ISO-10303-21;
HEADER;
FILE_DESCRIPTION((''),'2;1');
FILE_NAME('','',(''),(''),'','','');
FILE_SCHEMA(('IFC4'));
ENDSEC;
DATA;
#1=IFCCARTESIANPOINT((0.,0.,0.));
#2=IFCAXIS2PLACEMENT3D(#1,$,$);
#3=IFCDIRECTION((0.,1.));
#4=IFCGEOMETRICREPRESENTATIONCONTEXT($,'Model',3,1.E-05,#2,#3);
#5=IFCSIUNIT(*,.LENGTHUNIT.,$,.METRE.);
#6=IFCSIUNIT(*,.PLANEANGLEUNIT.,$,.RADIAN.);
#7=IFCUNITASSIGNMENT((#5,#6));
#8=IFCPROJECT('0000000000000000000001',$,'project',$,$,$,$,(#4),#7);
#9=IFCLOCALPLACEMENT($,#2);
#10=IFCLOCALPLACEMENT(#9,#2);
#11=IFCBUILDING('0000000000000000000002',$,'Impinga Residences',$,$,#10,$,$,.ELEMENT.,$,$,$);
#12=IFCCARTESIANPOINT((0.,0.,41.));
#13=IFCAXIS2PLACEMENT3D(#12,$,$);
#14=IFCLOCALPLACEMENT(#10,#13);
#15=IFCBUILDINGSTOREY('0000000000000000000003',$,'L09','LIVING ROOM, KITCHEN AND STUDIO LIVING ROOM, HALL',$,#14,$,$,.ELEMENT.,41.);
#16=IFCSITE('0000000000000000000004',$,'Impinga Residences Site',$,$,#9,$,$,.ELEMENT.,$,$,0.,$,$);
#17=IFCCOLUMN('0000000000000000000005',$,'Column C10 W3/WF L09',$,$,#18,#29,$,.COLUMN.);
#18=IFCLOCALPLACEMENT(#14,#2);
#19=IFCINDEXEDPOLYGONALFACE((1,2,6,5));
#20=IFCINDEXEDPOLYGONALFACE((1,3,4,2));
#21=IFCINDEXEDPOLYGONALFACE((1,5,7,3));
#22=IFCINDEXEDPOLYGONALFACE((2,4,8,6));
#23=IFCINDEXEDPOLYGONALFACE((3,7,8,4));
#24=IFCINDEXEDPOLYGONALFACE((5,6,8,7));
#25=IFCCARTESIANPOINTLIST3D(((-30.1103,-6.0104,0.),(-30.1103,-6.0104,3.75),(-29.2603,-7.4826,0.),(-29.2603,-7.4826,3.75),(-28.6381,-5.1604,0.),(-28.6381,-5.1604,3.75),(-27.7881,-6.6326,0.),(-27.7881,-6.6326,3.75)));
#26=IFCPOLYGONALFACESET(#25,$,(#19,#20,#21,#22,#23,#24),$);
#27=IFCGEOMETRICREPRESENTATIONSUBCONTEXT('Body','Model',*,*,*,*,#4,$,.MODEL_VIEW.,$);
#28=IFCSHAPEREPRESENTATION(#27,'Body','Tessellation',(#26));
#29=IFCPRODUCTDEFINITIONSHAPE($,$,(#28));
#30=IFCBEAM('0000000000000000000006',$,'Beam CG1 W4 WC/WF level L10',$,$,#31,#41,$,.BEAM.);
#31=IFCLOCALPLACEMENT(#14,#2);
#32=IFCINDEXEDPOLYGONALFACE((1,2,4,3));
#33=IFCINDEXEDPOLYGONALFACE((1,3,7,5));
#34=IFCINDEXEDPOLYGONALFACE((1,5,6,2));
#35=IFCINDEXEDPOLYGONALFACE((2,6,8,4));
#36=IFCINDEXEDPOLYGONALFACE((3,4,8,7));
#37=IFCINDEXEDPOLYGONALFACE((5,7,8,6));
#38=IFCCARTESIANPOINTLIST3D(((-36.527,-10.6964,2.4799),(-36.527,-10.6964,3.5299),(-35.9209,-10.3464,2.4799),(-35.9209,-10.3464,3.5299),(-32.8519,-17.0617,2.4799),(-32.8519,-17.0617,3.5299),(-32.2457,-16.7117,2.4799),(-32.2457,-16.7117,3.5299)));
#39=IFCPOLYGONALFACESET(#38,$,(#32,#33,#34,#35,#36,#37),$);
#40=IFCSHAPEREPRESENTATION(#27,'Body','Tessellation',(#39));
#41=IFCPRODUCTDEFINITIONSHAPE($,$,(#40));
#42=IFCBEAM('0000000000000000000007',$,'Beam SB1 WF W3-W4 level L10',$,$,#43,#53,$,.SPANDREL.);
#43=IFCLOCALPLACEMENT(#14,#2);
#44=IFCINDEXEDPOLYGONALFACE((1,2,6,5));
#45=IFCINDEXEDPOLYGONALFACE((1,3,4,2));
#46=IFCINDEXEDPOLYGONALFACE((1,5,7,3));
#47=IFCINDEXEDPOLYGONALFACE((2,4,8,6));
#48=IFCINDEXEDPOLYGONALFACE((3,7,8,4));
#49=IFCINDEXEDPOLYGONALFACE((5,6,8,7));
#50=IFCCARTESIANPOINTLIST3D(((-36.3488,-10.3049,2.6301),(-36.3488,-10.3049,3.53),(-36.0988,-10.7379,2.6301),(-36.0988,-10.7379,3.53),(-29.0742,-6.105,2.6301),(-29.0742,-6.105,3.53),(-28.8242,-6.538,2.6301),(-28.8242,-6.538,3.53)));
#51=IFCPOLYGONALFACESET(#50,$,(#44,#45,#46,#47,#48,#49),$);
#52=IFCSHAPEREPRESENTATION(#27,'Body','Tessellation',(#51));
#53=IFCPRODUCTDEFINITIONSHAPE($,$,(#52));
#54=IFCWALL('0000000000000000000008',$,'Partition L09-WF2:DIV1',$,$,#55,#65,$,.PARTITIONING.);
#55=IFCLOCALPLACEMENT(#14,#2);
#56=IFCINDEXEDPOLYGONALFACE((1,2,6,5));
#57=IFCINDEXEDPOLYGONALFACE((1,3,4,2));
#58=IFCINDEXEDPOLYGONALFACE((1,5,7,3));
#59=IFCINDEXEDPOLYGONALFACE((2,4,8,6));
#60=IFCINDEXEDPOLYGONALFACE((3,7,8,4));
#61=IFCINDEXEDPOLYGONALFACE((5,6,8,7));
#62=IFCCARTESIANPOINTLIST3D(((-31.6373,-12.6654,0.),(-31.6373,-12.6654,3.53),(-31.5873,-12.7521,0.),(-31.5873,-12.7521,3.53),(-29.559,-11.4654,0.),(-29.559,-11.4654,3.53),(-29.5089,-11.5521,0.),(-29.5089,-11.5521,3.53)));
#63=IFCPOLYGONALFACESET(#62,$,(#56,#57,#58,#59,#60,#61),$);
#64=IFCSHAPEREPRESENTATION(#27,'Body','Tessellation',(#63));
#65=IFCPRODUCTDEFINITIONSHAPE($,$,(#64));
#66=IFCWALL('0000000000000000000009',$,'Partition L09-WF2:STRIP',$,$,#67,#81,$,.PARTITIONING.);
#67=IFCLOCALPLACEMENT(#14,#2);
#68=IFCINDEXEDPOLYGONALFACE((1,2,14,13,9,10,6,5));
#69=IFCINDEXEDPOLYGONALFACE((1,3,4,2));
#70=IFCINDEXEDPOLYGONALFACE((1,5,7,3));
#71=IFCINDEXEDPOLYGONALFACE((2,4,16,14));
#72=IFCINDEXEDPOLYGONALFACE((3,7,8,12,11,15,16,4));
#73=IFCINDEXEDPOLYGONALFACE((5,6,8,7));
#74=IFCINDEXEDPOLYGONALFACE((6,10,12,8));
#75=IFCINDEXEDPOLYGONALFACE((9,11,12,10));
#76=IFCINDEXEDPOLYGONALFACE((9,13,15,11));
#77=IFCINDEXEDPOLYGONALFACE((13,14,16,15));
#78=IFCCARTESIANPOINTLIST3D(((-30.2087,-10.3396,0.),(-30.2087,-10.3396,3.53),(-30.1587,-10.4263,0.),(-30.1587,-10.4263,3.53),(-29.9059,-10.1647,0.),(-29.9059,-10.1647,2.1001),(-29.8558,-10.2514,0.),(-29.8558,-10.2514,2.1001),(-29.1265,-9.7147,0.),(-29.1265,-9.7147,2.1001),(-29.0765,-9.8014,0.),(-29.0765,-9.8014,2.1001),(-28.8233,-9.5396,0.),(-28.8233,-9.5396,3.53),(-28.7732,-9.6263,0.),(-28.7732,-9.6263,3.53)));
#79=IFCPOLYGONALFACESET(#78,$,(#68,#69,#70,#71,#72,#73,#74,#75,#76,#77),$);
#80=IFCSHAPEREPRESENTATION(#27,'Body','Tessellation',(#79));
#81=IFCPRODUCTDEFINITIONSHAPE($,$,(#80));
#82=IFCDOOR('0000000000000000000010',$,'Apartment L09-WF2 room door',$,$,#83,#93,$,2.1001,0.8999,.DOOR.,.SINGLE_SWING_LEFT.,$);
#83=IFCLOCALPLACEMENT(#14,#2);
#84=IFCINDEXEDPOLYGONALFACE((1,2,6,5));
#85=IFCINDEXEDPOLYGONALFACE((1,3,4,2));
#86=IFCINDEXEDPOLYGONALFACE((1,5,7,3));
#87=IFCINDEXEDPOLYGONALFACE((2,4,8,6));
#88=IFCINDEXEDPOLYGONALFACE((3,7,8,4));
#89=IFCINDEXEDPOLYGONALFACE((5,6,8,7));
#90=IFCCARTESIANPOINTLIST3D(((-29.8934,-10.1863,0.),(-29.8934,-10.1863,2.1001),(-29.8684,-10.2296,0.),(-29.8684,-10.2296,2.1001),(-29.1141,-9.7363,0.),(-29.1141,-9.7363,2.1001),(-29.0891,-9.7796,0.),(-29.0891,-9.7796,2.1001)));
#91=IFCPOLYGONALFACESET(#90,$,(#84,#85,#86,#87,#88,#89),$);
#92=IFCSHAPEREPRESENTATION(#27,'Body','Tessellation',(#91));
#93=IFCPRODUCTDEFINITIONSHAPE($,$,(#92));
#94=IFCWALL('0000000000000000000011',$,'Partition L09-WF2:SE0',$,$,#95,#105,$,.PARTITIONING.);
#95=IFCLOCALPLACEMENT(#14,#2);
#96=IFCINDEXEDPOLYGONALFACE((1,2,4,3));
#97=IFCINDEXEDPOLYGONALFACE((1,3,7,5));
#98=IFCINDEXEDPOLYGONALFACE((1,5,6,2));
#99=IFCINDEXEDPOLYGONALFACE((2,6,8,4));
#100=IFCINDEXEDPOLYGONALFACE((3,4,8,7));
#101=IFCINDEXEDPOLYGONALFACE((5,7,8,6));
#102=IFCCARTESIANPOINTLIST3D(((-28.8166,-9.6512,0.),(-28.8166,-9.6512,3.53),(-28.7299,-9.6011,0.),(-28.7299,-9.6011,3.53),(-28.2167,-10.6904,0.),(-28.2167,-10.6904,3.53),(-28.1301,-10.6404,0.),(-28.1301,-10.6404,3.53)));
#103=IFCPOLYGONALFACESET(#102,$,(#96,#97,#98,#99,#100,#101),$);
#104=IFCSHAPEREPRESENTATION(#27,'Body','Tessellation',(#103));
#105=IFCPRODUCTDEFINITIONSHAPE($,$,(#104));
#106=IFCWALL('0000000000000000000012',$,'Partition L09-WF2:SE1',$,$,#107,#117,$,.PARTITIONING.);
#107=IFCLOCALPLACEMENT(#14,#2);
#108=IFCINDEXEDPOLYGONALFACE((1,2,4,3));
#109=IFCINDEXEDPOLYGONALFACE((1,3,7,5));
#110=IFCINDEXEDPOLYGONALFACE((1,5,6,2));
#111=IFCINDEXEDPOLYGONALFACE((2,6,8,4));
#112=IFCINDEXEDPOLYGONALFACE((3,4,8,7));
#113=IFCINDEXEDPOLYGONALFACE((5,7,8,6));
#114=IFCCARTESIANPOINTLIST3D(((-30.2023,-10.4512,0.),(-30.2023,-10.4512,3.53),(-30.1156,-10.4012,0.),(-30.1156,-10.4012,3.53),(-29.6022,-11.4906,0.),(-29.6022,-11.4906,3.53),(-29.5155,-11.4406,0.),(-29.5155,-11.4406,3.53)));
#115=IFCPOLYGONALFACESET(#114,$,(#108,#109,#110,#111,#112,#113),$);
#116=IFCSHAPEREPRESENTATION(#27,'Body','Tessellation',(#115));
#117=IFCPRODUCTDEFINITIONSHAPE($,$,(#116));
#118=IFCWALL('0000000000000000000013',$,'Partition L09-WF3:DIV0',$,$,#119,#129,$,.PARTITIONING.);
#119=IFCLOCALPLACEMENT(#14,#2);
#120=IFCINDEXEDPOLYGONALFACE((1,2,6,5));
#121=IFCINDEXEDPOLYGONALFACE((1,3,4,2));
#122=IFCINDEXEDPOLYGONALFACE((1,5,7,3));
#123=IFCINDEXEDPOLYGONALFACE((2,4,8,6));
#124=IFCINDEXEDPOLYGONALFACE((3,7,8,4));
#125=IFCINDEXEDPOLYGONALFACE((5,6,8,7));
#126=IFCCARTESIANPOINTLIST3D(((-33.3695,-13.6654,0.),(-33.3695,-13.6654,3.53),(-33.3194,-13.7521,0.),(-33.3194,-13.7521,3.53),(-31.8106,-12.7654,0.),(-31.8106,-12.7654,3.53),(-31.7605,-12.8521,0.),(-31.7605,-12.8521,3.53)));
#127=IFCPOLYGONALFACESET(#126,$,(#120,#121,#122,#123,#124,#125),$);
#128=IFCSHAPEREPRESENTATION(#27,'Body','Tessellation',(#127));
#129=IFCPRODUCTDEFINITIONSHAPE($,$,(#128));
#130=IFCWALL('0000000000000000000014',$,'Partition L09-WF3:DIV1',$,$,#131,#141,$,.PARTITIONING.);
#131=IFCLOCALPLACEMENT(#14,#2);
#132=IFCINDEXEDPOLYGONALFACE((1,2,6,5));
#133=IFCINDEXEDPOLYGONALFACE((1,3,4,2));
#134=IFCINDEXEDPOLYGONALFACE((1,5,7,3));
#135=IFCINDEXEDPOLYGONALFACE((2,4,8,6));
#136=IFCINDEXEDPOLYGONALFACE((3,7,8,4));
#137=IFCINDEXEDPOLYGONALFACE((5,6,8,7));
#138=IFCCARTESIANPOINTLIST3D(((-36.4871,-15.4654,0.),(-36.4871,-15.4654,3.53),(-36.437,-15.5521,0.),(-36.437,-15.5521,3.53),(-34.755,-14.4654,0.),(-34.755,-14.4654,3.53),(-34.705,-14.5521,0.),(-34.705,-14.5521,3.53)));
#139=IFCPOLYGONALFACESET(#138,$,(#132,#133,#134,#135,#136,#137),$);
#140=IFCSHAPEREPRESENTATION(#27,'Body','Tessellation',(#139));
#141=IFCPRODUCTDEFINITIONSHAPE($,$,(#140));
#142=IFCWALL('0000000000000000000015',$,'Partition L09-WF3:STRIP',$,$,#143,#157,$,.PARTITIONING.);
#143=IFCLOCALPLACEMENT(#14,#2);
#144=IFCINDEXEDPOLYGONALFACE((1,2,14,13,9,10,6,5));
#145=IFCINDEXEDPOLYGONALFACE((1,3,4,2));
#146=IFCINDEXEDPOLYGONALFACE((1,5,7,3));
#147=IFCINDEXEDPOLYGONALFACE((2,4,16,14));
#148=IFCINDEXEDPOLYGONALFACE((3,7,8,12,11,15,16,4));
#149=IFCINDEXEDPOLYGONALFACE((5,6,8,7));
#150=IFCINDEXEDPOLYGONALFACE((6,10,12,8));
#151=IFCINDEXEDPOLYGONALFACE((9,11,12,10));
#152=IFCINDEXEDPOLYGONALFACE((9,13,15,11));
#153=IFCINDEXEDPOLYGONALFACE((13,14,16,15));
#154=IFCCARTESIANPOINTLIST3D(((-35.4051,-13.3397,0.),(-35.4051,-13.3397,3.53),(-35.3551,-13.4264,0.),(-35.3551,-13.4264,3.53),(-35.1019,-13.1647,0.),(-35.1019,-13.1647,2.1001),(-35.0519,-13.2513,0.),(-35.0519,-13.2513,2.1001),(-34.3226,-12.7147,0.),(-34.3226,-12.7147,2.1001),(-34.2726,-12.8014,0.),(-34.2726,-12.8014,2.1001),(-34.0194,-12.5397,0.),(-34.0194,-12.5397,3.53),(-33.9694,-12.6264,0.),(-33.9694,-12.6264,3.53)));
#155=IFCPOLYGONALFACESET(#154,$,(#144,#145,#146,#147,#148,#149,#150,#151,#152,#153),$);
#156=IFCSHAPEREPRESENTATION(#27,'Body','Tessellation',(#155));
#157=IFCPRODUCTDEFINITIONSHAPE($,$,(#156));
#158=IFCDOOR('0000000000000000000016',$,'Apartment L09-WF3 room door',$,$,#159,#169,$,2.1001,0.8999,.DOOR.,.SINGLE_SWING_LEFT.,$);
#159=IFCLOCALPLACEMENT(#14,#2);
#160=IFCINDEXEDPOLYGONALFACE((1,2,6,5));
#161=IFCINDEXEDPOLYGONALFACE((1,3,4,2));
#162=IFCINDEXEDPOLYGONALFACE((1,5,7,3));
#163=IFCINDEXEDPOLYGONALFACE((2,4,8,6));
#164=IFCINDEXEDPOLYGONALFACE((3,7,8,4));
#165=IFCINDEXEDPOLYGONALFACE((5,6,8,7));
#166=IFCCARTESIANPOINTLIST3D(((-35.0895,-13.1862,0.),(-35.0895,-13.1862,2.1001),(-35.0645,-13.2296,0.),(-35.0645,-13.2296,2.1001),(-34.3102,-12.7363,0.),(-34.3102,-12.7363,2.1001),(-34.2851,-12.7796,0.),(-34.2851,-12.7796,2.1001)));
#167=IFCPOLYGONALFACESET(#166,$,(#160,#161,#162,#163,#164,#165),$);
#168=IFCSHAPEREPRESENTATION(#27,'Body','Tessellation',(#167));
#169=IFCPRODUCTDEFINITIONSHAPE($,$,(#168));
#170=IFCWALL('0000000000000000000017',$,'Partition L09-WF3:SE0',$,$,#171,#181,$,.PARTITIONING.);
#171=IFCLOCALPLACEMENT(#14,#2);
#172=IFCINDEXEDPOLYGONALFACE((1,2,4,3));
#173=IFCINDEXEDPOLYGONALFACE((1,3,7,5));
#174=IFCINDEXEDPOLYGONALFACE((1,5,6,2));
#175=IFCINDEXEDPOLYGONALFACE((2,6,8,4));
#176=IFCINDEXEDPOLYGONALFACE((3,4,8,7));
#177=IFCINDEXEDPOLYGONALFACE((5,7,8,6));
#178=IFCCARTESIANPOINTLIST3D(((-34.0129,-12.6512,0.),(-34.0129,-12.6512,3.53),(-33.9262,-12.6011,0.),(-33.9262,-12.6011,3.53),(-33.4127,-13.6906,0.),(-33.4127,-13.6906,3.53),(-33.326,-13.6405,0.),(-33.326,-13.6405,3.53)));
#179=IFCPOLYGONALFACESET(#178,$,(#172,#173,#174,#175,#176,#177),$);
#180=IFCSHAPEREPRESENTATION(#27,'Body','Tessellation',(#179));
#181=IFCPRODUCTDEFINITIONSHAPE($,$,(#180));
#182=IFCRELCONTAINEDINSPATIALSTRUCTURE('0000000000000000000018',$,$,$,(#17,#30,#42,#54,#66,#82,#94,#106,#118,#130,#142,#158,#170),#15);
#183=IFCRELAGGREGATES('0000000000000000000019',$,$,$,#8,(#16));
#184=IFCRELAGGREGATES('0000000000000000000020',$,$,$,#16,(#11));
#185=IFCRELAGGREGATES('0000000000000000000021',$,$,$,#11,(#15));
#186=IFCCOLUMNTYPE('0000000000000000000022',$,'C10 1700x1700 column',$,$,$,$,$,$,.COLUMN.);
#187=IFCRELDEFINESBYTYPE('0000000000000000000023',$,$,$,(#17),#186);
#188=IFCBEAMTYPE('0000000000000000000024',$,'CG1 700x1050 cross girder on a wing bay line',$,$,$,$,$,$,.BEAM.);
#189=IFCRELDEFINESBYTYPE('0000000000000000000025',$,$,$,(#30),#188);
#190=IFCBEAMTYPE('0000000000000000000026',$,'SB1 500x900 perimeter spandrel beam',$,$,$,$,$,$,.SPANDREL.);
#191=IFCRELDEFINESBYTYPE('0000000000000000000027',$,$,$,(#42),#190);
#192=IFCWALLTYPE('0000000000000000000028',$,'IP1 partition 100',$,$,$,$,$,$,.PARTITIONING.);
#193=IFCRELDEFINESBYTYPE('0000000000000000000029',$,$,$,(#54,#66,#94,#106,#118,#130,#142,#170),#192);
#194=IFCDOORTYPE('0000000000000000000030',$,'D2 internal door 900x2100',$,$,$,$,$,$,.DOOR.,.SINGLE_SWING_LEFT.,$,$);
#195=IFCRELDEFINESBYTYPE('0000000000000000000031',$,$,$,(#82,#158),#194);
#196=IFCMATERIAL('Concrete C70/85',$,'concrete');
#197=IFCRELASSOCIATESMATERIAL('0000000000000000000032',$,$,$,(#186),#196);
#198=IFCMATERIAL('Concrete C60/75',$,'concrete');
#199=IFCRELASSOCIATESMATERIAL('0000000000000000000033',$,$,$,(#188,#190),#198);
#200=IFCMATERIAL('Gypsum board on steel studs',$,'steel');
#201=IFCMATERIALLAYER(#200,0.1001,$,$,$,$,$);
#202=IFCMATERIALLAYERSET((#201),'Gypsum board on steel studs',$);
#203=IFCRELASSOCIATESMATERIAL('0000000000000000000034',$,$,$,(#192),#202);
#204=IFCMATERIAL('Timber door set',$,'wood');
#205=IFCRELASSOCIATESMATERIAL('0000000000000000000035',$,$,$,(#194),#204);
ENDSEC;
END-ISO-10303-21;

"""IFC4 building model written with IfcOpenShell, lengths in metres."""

from ifc_helpers import new_model, si_unit, direction, frame, frame_2d, origin, origin_2d, place, context, subcontext, project, spatial, rectangle, extrude, material, layer, layer_set, material_profile, profile_set, type_object, element, fill, save


model = new_model("IFC4")

# Units and contexts
model_context = context("Model", 3, precision=1e-05, world=origin(), true_north=direction((0.0, 1.0)))
body_context = subcontext(model_context, "Body", "Model", "MODEL_VIEW")
ifc_project = project(units=[si_unit("LENGTHUNIT", "METRE"), si_unit("PLANEANGLEUNIT", "RADIAN")], contexts=[model_context])

# Site, building, storey
site_placement = place(None, origin())
site = spatial("IfcSite", under=ifc_project, at=site_placement, Name="Impinga Residences Site", CompositionType="ELEMENT", RefElevation=0.0)
building_placement = place(site_placement, origin())
building = spatial("IfcBuilding", under=site, at=building_placement, Name="Impinga Residences", CompositionType="ELEMENT")
storey_placement = place(building_placement, frame((0.0, 0.0, 41.0)))
storey = spatial("IfcBuildingStorey", under=building, at=storey_placement, Name="L09", Description="LIVING ROOM, KITCHEN AND STUDIO LIVING ROOM, HALL", CompositionType="ELEMENT", Elevation=41.0)

# Column
ifc_material_1 = material(Name="Concrete C70/85", Category="concrete")
ifc_material_profile_1 = material_profile(ifc_material_1, rectangle(XDim=1.7, YDim=1.7, at=origin_2d()), Name="RC 1700x1700")
ifc_profile_set_1 = profile_set([ifc_material_profile_1], Name="Concrete C70/85")
column_type = type_object("IfcColumnType", Name="C10 1700x1700 column", PredefinedType="COLUMN", material=ifc_profile_set_1)
column_placement = place(storey_placement, frame((-28.9492, -6.3215, 0.0), z_axis=(0.0, 0.0, 1.0), x_axis=(-0.5, 0.866025, 0.0)))
element("IfcColumn", 1, at=column_placement, inside=storey, type_object=column_type, Name="Column C10 W3/WF L09", PredefinedType="COLUMN", context=body_context, shape_type="SweptSolid", body=[
    extrude(rectangle(XDim=1.7, YDim=1.7, at=origin_2d()), origin(), (0.0, 0.0, 1.0), 3.75),
])

# Beams
ifc_material_2 = material(Name="Concrete C60/75", Category="concrete")
ifc_material_profile_2 = material_profile(ifc_material_2, rectangle(XDim=0.7, YDim=1.05, at=origin_2d()), Name="RC 700x1050")
ifc_profile_set_2 = profile_set([ifc_material_profile_2], Name="Concrete C60/75")
beam_type_1 = type_object("IfcBeamType", Name="CG1 700x1050 cross girder on a wing bay line", PredefinedType="BEAM", material=ifc_profile_set_2)
beam_1_placement = place(storey_placement, frame((-32.5488, -16.8867, 3.0049), z_axis=(-0.500008, 0.866021, 0.0), x_axis=(-0.866021, -0.500008, 0.0)))
element("IfcBeam", 2, at=beam_1_placement, inside=storey, type_object=beam_type_1, Name="Beam CG1 W4 WC/WF level L10", PredefinedType="BEAM", context=body_context, shape_type="SweptSolid", body=[
    extrude(rectangle(XDim=0.7, YDim=1.05, at=origin_2d()), origin(), (0.0, 0.0, 1.0), 7.3501),
])
ifc_material_profile_3 = material_profile(ifc_material_2, rectangle(XDim=0.5, YDim=0.8999, at=origin_2d()), Name="RC 500x900")
ifc_profile_set_3 = profile_set([ifc_material_profile_3], Name="Concrete C60/75")
beam_type_2 = type_object("IfcBeamType", Name="SB1 500x900 perimeter spandrel beam", PredefinedType="SPANDREL", material=ifc_profile_set_3)
beam_2_placement = place(storey_placement, frame((-28.9492, -6.3215, 3.0801), z_axis=(-0.866029, -0.499993, 0.0), x_axis=(0.499993, -0.866029, 0.0)))
element("IfcBeam", 3, at=beam_2_placement, inside=storey, type_object=beam_type_2, Name="Beam SB1 WF W3-W4 level L10", PredefinedType="SPANDREL", context=body_context, shape_type="SweptSolid", body=[
    extrude(rectangle(XDim=0.5, YDim=0.8999, at=origin_2d()), origin(), (0.0, 0.0, 1.0), 8.3999),
])

# Wall
ifc_material_3 = material(Name="Gypsum board on steel studs", Category="steel")
ifc_layer_1 = layer(ifc_material_3, 0.1001)
ifc_layer_set_1 = layer_set([ifc_layer_1], Name="Gypsum board on steel studs")
wall_type_1 = type_object("IfcWallType", Name="IP1 partition 100", PredefinedType="PARTITIONING", material=ifc_layer_set_1)
wall_1_placement = place(storey_placement, frame((-29.5339, -11.5088, 0.0), z_axis=(0.0, 0.0, 1.0), x_axis=(-0.866025, -0.500001, 0.0)))
element("IfcWall", 4, at=wall_1_placement, inside=storey, type_object=wall_type_1, Name="Partition L09-WF2:DIV1", PredefinedType="PARTITIONING", context=body_context, shape_type="SweptSolid", body=[
    extrude(rectangle(XDim=2.3999, YDim=0.1001, at=frame_2d((1.2, 0.0))), origin(), (0.0, 0.0, 1.0), 3.53),
])

# Wall, opening, door
wall_2_placement = place(storey_placement, frame((-28.7983, -9.583, 0.0), z_axis=(0.0, 0.0, 1.0), x_axis=(-0.86599, -0.500061, 0.0)))
wall_2 = element("IfcWall", 5, at=wall_2_placement, inside=storey, type_object=wall_type_1, Name="Partition L09-WF2:STRIP", PredefinedType="PARTITIONING", context=body_context, shape_type="SweptSolid", body=[
    extrude(rectangle(XDim=1.5999, YDim=0.1001, at=frame_2d((0.7998, 0.0))), origin(), (0.0, 0.0, 1.0), 3.53),
])
opening_1_placement = place(wall_2_placement, frame((0.3501, 0.0, 0.0)))
opening_1 = element("IfcOpeningElement", 6, at=opening_1_placement, cuts=wall_2, PredefinedType="OPENING", context=body_context, shape_type="SweptSolid", body=[
    extrude(rectangle(XDim=0.8999, YDim=2.1001, at=frame_2d((0.45, 1.05))), frame((0.0, 0.0601, 0.0), z_axis=(0.0, -1.0, 0.0), x_axis=(1.0, 0.0, 0.0)), (0.0, 0.0, 1.0), 0.1201),
])
ifc_material_4 = material(Name="Timber door set", Category="wood")
door_type = type_object("IfcDoorType", Name="D2 internal door 900x2100", OperationType="SINGLE_SWING_LEFT", PredefinedType="DOOR", material=ifc_material_4)
door_1_placement = place(opening_1_placement, origin())
door_1 = element("IfcDoor", 7, at=door_1_placement, inside=storey, type_object=door_type, Name="Apartment L09-WF2 room door", OperationType="SINGLE_SWING_LEFT", OverallHeight=2.1001, OverallWidth=0.8999, PredefinedType="DOOR", context=body_context, shape_type="SweptSolid", body=[
    extrude(rectangle(XDim=0.8999, YDim=2.1001, at=frame_2d((0.45, 1.05))), frame((0.0, 0.0249, 0.0), z_axis=(0.0, -1.0, 0.0), x_axis=(1.0, 0.0, 0.0)), (0.0, 0.0, 1.0), 0.05),
])
fill(opening_1, door_1)

# Walls
wall_3_placement = place(storey_placement, frame((-28.1733, -10.6655, 0.0), z_axis=(0.0, 0.0, 1.0), x_axis=(-0.499881, 0.866094, 0.0)))
element("IfcWall", 8, at=wall_3_placement, inside=storey, type_object=wall_type_1, Name="Partition L09-WF2:SE0", PredefinedType="PARTITIONING", context=body_context, shape_type="SweptSolid", body=[
    extrude(rectangle(XDim=1.2, YDim=0.1001, at=frame_2d((0.6001, 0.0))), origin(), (0.0, 0.0, 1.0), 3.53),
])
wall_4_placement = place(storey_placement, frame((-29.5588, -11.4656, 0.0), z_axis=(0.0, 0.0, 1.0), x_axis=(-0.500034, 0.866006, 0.0)))
element("IfcWall", 9, at=wall_4_placement, inside=storey, type_object=wall_type_1, Name="Partition L09-WF2:SE1", PredefinedType="PARTITIONING", context=body_context, shape_type="SweptSolid", body=[
    extrude(rectangle(XDim=1.2002, YDim=0.1001, at=frame_2d((0.6001, 0.0))), origin(), (0.0, 0.0, 1.0), 3.53),
])
wall_5_placement = place(storey_placement, frame((-31.7856, -12.8088, 0.0), z_axis=(0.0, 0.0, 1.0), x_axis=(-0.866048, -0.499961, 0.0)))
element("IfcWall", 10, at=wall_5_placement, inside=storey, type_object=wall_type_1, Name="Partition L09-WF3:DIV0", PredefinedType="PARTITIONING", context=body_context, shape_type="SweptSolid", body=[
    extrude(rectangle(XDim=1.8, YDim=0.1001, at=frame_2d((0.8999, 0.0))), origin(), (0.0, 0.0, 1.0), 3.53),
])
wall_6_placement = place(storey_placement, frame((-34.73, -14.5088, 0.0), z_axis=(0.0, 0.0, 1.0), x_axis=(-0.866041, -0.499973, 0.0)))
element("IfcWall", 11, at=wall_6_placement, inside=storey, type_object=wall_type_1, Name="Partition L09-WF3:DIV1", PredefinedType="PARTITIONING", context=body_context, shape_type="SweptSolid", body=[
    extrude(rectangle(XDim=2.0, YDim=0.1001, at=frame_2d((1.0, 0.0))), origin(), (0.0, 0.0, 1.0), 3.53),
])

# Wall, opening, door
wall_7_placement = place(storey_placement, frame((-33.9944, -12.583, 0.0), z_axis=(0.0, 0.0, 1.0), x_axis=(-0.866028, -0.499995, 0.0)))
wall_7 = element("IfcWall", 12, at=wall_7_placement, inside=storey, type_object=wall_type_1, Name="Partition L09-WF3:STRIP", PredefinedType="PARTITIONING", context=body_context, shape_type="SweptSolid", body=[
    extrude(rectangle(XDim=1.6001, YDim=0.1001, at=frame_2d((0.8, 0.0))), origin(), (0.0, 0.0, 1.0), 3.53),
])
opening_2_placement = place(wall_7_placement, frame((0.3501, 0.0, 0.0)))
opening_2 = element("IfcOpeningElement", 13, at=opening_2_placement, cuts=wall_7, PredefinedType="OPENING", context=body_context, shape_type="SweptSolid", body=[
    extrude(rectangle(XDim=0.8999, YDim=2.1001, at=frame_2d((0.45, 1.05))), frame((0.0, 0.0601, 0.0), z_axis=(0.0, -1.0, 0.0), x_axis=(1.0, 0.0, 0.0)), (0.0, 0.0, 1.0), 0.1201),
])
door_2_placement = place(opening_2_placement, origin())
door_2 = element("IfcDoor", 14, at=door_2_placement, inside=storey, type_object=door_type, Name="Apartment L09-WF3 room door", OperationType="SINGLE_SWING_LEFT", OverallHeight=2.1001, OverallWidth=0.8999, PredefinedType="DOOR", context=body_context, shape_type="SweptSolid", body=[
    extrude(rectangle(XDim=0.8999, YDim=2.1001, at=frame_2d((0.45, 1.05))), frame((0.0, 0.0249, 0.0), z_axis=(0.0, -1.0, 0.0), x_axis=(1.0, 0.0, 0.0)), (0.0, 0.0, 1.0), 0.05),
])
fill(opening_2, door_2)

# Wall
wall_8_placement = place(storey_placement, frame((-33.3694, -13.6655, 0.0), z_axis=(0.0, 0.0, 1.0), x_axis=(-0.500034, 0.866006, 0.0)))
element("IfcWall", 15, at=wall_8_placement, inside=storey, type_object=wall_type_1, Name="Partition L09-WF3:SE0", PredefinedType="PARTITIONING", context=body_context, shape_type="SweptSolid", body=[
    extrude(rectangle(XDim=1.2002, YDim=0.1001, at=frame_2d((0.6001, 0.0))), origin(), (0.0, 0.0, 1.0), 3.53),
])

save(model, "model.ifc")
